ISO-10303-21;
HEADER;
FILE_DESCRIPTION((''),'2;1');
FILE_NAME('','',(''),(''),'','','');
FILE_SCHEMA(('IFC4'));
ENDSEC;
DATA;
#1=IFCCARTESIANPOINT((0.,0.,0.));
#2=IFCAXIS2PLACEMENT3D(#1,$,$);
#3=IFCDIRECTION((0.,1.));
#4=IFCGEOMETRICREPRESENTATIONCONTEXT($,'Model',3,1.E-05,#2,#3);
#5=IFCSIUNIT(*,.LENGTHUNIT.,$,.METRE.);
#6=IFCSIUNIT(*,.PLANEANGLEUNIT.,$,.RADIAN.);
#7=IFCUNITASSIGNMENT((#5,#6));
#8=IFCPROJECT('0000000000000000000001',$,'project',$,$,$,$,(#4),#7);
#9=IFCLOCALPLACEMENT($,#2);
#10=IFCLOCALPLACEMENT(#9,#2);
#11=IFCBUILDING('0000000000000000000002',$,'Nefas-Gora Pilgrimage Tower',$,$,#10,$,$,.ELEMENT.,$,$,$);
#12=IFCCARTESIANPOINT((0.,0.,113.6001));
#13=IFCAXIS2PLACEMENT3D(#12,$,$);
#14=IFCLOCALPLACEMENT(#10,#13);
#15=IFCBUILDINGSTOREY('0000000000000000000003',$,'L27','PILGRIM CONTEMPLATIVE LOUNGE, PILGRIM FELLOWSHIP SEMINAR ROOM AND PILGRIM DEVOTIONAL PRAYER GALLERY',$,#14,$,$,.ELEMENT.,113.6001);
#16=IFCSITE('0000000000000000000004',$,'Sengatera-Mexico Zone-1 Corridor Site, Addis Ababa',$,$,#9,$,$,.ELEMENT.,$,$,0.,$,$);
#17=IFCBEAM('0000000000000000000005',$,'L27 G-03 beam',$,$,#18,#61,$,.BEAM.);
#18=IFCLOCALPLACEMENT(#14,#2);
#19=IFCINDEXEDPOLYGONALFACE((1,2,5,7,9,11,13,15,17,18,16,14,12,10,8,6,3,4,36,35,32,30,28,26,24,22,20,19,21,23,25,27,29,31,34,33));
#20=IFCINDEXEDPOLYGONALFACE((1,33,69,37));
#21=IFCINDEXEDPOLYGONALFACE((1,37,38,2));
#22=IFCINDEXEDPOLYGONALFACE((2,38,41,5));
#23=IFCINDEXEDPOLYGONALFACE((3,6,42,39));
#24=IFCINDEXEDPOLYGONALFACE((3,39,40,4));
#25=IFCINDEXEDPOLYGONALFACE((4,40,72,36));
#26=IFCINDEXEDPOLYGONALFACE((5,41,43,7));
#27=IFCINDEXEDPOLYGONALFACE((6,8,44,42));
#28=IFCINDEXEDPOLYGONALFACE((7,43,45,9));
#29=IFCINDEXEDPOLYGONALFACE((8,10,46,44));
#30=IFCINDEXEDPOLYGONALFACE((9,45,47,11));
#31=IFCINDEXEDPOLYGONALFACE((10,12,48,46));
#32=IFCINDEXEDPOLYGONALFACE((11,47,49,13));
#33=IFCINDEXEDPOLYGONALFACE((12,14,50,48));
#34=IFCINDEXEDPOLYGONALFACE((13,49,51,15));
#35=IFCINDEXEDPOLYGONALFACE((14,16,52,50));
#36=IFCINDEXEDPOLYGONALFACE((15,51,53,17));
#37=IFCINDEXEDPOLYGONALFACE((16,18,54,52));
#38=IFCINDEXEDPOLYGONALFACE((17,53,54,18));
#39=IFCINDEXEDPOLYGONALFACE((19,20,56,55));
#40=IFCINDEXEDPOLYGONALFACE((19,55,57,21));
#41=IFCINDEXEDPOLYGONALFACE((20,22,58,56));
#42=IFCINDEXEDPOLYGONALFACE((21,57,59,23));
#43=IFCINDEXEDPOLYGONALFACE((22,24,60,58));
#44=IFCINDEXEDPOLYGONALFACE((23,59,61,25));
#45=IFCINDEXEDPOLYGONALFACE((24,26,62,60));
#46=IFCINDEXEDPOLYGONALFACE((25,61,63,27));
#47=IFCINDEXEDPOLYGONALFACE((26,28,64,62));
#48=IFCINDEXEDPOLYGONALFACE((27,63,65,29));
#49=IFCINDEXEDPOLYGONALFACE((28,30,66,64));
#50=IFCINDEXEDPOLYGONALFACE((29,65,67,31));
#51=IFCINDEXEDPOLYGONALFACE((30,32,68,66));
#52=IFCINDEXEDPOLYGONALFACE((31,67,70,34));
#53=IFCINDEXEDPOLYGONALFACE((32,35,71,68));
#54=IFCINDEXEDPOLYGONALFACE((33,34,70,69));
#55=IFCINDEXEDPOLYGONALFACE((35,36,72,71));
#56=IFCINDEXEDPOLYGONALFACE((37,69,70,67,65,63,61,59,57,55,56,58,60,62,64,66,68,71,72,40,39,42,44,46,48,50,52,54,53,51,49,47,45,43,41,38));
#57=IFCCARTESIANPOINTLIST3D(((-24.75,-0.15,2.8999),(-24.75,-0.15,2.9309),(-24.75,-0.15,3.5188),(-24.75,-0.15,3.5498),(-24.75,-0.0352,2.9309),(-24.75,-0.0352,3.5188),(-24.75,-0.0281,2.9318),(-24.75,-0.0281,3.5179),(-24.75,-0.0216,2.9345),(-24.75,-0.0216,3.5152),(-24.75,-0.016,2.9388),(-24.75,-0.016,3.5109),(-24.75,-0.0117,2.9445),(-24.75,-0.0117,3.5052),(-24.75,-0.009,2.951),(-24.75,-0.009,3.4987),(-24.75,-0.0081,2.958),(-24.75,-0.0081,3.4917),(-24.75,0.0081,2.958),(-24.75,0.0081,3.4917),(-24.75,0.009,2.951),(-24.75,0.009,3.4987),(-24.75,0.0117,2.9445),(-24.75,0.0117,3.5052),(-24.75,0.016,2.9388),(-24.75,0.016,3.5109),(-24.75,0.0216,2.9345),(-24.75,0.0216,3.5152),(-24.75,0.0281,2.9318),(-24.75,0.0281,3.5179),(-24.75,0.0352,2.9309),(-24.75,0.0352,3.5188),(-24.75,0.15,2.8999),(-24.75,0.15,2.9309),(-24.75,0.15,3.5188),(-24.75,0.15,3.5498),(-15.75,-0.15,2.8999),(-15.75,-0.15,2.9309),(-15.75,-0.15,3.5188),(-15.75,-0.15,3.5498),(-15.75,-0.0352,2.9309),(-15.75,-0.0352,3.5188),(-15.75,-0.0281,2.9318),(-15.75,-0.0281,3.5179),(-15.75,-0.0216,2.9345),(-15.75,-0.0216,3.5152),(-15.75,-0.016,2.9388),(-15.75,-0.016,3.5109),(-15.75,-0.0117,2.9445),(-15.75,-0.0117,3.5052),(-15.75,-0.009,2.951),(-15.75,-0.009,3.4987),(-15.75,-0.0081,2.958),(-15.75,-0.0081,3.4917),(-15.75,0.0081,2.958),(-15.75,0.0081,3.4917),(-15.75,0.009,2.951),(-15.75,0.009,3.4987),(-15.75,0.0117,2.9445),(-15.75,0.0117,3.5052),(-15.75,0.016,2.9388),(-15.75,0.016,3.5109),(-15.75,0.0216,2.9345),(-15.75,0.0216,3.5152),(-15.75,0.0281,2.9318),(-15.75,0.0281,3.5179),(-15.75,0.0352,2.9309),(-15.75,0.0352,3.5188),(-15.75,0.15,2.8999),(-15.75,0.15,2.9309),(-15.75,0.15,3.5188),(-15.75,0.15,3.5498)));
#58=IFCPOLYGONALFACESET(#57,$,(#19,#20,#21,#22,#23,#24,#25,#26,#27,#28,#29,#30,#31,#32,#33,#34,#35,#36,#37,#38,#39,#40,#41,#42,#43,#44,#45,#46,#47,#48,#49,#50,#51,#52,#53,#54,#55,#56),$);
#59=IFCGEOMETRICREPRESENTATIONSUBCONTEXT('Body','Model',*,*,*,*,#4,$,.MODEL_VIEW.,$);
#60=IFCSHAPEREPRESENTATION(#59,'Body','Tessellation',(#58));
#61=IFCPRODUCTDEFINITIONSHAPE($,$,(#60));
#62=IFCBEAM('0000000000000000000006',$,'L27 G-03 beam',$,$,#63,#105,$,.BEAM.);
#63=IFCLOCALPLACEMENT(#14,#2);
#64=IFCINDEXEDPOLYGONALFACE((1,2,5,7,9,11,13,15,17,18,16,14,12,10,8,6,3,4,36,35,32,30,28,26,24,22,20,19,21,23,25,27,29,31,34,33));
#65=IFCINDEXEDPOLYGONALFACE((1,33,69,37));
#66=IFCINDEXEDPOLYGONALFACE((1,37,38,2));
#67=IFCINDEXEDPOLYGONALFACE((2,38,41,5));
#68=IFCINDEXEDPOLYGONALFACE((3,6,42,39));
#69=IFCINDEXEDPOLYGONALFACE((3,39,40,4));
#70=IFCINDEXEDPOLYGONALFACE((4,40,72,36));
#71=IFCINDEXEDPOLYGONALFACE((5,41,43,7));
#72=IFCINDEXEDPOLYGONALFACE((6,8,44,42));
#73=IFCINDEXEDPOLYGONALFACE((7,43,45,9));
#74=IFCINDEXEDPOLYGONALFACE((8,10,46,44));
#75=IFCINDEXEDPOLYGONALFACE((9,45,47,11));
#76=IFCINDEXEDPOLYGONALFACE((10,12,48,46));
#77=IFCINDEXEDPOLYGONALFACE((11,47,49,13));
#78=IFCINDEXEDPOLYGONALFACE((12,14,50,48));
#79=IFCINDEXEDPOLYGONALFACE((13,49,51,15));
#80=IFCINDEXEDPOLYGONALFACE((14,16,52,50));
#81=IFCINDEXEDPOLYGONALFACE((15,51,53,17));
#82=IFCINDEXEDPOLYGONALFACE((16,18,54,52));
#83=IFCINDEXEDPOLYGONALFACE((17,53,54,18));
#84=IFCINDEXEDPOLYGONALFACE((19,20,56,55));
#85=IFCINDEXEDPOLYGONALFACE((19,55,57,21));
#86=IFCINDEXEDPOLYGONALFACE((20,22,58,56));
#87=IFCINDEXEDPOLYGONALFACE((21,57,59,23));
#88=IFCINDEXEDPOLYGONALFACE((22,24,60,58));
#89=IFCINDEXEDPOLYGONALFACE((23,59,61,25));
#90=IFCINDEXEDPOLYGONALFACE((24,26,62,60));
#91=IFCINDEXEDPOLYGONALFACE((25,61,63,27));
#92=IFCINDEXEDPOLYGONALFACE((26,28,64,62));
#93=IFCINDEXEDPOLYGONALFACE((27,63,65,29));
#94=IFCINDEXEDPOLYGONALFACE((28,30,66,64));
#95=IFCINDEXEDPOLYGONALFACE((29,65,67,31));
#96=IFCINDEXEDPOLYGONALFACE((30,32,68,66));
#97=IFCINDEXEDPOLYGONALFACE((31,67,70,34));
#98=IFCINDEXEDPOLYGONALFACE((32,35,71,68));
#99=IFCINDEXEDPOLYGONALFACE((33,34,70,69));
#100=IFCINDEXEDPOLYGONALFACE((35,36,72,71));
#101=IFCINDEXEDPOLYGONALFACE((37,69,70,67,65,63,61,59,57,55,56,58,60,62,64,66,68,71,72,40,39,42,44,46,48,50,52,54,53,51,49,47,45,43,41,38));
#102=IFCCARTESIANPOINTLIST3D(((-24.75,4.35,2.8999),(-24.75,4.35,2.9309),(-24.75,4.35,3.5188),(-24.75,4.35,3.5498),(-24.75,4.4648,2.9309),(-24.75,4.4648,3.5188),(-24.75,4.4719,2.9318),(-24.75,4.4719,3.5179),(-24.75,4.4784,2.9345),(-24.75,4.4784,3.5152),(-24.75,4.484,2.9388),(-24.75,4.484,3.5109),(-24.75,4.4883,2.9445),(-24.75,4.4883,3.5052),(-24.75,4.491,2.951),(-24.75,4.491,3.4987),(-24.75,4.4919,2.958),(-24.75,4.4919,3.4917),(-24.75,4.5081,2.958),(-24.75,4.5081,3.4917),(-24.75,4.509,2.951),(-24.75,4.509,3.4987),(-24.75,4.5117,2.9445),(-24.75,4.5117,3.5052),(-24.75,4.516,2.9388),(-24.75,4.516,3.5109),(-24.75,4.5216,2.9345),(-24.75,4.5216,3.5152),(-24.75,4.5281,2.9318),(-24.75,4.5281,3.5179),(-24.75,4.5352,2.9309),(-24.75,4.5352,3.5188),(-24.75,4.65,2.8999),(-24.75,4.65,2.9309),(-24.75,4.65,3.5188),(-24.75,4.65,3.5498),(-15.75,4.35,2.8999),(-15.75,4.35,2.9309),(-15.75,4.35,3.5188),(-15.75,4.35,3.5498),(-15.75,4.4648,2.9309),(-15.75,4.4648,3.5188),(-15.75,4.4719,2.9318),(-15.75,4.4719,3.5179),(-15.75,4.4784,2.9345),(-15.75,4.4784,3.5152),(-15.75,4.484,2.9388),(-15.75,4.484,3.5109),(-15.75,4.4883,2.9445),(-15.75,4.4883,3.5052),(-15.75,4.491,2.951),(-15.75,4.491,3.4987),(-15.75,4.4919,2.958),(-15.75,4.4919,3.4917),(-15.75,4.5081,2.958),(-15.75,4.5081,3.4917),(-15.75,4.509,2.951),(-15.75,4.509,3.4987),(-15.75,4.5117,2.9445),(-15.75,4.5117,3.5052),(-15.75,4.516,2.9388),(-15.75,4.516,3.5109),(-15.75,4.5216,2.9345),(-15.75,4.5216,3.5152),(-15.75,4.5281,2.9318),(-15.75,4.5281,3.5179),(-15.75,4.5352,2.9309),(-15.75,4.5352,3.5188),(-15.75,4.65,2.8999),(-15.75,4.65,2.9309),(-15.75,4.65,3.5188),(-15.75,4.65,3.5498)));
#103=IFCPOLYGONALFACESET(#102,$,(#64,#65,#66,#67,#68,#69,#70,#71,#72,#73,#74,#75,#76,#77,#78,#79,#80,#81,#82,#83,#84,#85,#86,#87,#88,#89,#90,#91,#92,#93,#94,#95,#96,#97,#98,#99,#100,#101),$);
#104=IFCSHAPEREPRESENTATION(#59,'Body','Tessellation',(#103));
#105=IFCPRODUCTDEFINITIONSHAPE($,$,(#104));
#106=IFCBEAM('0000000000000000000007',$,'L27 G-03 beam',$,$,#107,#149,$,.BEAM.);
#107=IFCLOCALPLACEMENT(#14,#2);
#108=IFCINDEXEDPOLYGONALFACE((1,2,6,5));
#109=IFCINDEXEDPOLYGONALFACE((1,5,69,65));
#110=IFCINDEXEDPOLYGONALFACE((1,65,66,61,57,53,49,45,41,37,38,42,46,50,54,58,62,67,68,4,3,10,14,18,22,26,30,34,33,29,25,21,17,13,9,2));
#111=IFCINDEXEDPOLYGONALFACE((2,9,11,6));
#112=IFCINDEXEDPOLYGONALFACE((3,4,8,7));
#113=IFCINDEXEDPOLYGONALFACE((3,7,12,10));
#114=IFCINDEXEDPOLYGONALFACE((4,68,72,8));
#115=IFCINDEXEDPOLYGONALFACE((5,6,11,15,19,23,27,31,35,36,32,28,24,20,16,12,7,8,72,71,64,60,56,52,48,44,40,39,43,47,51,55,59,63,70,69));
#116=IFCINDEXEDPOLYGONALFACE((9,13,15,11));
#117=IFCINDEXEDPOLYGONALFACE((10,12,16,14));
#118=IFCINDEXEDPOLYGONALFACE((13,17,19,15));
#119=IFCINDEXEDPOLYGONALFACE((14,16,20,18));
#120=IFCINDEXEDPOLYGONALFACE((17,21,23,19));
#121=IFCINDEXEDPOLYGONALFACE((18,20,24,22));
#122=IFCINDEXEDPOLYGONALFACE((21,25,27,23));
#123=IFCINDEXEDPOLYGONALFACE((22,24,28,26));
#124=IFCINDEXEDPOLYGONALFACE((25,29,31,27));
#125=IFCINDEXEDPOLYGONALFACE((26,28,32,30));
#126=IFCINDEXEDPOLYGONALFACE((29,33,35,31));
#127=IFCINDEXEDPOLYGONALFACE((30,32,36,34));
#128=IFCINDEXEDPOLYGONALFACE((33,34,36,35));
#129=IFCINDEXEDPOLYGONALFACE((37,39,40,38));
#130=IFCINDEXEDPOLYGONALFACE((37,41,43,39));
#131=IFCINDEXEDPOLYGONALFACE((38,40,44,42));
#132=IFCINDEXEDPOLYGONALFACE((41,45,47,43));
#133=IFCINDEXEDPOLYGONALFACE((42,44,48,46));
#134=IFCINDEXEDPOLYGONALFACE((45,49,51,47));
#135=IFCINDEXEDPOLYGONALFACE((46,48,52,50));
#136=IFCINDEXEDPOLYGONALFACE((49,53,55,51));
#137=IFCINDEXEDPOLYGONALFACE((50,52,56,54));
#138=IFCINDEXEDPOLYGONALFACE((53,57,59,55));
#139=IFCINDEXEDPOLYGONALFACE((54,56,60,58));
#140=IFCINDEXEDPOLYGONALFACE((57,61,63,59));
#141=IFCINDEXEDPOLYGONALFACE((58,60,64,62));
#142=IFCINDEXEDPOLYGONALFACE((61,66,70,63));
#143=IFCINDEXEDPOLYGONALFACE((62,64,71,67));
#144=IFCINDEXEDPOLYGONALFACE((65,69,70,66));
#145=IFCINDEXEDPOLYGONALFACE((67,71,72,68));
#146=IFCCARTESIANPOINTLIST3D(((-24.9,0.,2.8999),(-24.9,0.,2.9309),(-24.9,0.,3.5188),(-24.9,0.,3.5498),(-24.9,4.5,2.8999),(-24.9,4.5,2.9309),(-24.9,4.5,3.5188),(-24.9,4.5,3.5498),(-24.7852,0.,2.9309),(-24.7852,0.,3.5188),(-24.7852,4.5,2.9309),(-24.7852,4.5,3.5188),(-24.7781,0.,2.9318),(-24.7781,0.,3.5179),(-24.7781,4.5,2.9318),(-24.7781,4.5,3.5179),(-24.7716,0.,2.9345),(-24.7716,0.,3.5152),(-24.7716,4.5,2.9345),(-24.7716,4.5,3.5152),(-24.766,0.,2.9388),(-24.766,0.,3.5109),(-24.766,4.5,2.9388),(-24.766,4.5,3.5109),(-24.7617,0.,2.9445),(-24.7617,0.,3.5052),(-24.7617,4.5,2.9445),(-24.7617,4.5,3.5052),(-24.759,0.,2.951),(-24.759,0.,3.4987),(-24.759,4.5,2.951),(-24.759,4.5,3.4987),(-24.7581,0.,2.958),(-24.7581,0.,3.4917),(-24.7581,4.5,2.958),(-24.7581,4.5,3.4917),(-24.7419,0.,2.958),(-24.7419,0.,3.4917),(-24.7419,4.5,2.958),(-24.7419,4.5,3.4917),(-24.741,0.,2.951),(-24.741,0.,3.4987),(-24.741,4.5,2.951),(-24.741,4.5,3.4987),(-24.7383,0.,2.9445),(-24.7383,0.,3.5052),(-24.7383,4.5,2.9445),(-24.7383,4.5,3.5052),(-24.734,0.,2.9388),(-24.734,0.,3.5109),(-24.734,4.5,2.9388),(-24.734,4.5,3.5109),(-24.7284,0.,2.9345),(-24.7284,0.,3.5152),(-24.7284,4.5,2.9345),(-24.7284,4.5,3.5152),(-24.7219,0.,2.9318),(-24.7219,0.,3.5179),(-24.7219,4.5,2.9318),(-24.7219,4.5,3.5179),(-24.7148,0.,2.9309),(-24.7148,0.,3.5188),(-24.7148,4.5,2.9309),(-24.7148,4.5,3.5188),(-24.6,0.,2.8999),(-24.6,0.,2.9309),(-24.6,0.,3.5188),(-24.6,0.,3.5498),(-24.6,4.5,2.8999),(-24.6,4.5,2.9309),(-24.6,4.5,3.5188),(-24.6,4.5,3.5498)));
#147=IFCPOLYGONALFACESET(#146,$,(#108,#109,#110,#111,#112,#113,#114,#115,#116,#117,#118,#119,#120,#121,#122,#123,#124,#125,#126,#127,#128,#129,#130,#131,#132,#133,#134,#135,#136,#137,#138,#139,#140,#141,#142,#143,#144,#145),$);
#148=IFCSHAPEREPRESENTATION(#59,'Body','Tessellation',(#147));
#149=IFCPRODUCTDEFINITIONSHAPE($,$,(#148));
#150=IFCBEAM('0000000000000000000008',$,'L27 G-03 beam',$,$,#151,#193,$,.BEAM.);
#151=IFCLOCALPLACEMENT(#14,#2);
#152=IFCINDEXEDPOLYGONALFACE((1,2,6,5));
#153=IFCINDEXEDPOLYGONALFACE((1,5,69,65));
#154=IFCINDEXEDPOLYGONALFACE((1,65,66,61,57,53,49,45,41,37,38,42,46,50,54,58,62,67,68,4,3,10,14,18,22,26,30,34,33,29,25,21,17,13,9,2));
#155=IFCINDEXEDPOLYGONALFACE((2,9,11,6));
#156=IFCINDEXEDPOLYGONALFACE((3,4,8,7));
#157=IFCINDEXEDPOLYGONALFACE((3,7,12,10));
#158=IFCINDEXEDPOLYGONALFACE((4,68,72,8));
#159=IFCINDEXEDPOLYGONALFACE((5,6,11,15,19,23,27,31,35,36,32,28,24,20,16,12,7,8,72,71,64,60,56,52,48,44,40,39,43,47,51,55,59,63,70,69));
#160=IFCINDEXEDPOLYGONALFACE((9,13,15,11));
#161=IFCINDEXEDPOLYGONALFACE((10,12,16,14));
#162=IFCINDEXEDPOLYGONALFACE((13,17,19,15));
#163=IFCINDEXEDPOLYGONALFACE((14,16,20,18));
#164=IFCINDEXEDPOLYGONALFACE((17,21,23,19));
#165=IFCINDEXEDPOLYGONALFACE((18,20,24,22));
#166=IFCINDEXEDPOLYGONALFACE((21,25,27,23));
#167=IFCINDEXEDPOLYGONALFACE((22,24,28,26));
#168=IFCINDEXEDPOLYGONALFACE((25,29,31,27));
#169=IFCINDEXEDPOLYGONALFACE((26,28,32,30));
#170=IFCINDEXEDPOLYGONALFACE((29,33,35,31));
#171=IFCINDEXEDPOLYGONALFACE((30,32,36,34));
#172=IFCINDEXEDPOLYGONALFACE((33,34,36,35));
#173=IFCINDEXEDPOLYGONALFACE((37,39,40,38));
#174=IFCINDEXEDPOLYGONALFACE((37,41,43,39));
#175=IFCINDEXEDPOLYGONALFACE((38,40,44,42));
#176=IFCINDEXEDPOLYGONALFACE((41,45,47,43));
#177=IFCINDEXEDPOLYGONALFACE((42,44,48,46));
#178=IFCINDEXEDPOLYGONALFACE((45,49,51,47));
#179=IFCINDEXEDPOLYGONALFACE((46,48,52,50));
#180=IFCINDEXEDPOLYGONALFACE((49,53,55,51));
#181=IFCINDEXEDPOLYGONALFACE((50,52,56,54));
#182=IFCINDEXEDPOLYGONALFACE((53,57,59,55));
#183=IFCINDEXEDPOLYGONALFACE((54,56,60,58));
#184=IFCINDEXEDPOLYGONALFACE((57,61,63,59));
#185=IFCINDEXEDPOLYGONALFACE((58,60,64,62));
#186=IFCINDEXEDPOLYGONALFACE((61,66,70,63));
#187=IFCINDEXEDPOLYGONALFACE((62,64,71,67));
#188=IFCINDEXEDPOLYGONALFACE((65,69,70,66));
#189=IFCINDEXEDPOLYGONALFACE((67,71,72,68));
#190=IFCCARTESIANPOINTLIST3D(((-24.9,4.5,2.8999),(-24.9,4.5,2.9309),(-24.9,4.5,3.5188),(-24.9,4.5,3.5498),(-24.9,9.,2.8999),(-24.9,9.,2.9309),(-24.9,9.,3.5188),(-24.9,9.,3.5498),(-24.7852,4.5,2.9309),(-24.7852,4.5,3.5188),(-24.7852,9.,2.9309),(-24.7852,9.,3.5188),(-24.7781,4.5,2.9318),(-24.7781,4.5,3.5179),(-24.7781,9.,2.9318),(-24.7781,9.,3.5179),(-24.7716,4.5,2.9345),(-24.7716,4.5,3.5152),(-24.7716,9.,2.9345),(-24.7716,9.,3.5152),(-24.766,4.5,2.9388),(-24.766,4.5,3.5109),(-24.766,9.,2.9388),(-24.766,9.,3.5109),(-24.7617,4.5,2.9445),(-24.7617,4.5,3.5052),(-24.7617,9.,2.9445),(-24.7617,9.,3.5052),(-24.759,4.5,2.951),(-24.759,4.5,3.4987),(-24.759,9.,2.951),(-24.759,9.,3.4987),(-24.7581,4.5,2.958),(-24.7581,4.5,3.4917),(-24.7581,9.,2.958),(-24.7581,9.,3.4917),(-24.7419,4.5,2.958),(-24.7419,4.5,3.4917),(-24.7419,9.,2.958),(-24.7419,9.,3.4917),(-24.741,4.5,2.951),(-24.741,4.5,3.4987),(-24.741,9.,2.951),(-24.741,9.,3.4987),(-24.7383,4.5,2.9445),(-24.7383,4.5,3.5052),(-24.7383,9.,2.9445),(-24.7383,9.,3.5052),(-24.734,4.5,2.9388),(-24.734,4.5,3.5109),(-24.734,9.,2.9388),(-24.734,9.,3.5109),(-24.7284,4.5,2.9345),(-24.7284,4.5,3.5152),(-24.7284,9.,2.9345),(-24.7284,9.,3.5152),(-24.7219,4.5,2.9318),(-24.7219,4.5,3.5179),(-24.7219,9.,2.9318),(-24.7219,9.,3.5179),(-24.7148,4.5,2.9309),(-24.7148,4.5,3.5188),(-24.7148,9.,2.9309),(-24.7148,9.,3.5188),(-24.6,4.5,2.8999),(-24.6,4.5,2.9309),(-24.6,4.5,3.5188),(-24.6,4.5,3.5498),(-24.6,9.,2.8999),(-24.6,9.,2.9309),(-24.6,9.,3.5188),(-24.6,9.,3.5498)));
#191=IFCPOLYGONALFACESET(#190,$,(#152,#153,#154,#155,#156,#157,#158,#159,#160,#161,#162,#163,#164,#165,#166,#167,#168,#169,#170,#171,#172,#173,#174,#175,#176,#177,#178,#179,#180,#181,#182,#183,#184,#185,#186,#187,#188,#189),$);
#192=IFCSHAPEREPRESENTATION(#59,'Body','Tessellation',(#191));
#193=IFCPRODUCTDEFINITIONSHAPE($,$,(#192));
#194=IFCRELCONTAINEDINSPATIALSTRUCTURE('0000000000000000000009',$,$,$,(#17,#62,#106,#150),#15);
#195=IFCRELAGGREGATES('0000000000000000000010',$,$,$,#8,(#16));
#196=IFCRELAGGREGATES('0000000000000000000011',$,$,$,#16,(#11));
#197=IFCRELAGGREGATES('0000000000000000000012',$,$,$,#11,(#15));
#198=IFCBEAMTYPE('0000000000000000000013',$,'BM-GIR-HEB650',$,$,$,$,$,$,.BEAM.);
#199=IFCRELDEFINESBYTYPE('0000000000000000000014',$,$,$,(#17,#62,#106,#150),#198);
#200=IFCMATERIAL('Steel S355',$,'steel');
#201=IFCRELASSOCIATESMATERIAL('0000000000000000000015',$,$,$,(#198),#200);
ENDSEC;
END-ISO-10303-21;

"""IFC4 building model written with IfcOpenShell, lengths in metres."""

from ifc_helpers import new_model, si_unit, direction, frame, origin, origin_2d, place, context, subcontext, project, spatial, i_section, extrude, source, transform, mapped, material, material_profile, profile_set, type_object, element, save


model = new_model("IFC4")

# Units and contexts
model_context = context("Model", 3, precision=1e-05, world=origin(), true_north=direction((0.0, 1.0)))
body_context = subcontext(model_context, "Body", "Model", "MODEL_VIEW")
ifc_project = project(units=[si_unit("LENGTHUNIT", "METRE"), si_unit("PLANEANGLEUNIT", "RADIAN")], contexts=[model_context])

# Site, building, storey
site_placement = place(None, origin())
site = spatial("IfcSite", under=ifc_project, at=site_placement, Name="Sengatera-Mexico Zone-1 Corridor Site, Addis Ababa", CompositionType="ELEMENT", RefElevation=0.0)
building_placement = place(site_placement, origin())
building = spatial("IfcBuilding", under=site, at=building_placement, Name="Nefas-Gora Pilgrimage Tower", CompositionType="ELEMENT")
storey_placement = place(building_placement, frame((0.0, 0.0, 113.6001)))
storey = spatial("IfcBuildingStorey", under=building, at=storey_placement, Name="L27", Description="PILGRIM CONTEMPLATIVE LOUNGE, PILGRIM FELLOWSHIP SEMINAR ROOM AND PILGRIM DEVOTIONAL PRAYER GALLERY", CompositionType="ELEMENT", Elevation=113.6001)

# Beams
ifc_material_1 = material(Name="Steel S355", Category="steel")
ifc_material_profile_1 = material_profile(ifc_material_1, i_section(OverallWidth=0.3, OverallDepth=0.6499, WebThickness=0.0161, FlangeThickness=0.031, FilletRadius=0.0271, at=origin_2d()), Name="HEB 650")
ifc_profile_set_1 = profile_set([ifc_material_profile_1], Name="Steel S355")
beam_type_1 = type_object("IfcBeamType", Name="BM-GIR-HEB650", PredefinedType="BEAM", material=ifc_profile_set_1)
shared_shape_1 = source(origin(), body_context, "Body", "SweptSolid", [
    extrude(i_section(OverallWidth=0.3, OverallDepth=0.6499, WebThickness=0.0161, FlangeThickness=0.031, FilletRadius=0.0271, at=origin_2d()), origin(), (0.0, 0.0, 1.0), 9.0),
])
for number, where, z_axis, x_axis, name in (
    (1, (-24.75, 0.0, 3.2249), (1.0, 0.0, 0.0), (0.0, 1.0, 0.0), "L27 G-03 beam"),
    (2, (-24.75, 4.5, 3.2249), (1.0, 0.0, 0.0), (0.0, 1.0, 0.0), "L27 G-03 beam"),
):
    element("IfcBeam", number, at=place(storey_placement, frame(where, z_axis=z_axis, x_axis=x_axis)), inside=storey, type_object=beam_type_1, Name=name, PredefinedType="BEAM", context=body_context, shape_type="MappedRepresentation", body=[
        mapped(shared_shape_1, transform((0.0, 0.0, 0.0), x_axis=(1.0, 0.0, 0.0), y_axis=(0.0, 1.0, 0.0), z_axis=(0.0, 0.0, 1.0), scale=1.0)),
    ])
shared_shape_2 = source(origin(), body_context, "Body", "SweptSolid", [
    extrude(i_section(OverallWidth=0.3, OverallDepth=0.6499, WebThickness=0.0161, FlangeThickness=0.031, FilletRadius=0.0271, at=origin_2d()), origin(), (0.0, 0.0, 1.0), 4.5),
])
for number, where, z_axis, x_axis, name in (
    (3, (-24.75, 0.0, 3.2249), (0.0, 1.0, 0.0), (-1.0, 0.0, 0.0), "L27 G-03 beam"),
    (4, (-24.75, 4.5, 3.2249), (0.0, 1.0, 0.0), (-1.0, 0.0, 0.0), "L27 G-03 beam"),
):
    element("IfcBeam", number, at=place(storey_placement, frame(where, z_axis=z_axis, x_axis=x_axis)), inside=storey, type_object=beam_type_1, Name=name, PredefinedType="BEAM", context=body_context, shape_type="MappedRepresentation", body=[
        mapped(shared_shape_2, transform((0.0, 0.0, 0.0), x_axis=(1.0, 0.0, 0.0), y_axis=(0.0, 1.0, 0.0), z_axis=(0.0, 0.0, 1.0), scale=1.0)),
    ])

save(model, "model.ifc")
